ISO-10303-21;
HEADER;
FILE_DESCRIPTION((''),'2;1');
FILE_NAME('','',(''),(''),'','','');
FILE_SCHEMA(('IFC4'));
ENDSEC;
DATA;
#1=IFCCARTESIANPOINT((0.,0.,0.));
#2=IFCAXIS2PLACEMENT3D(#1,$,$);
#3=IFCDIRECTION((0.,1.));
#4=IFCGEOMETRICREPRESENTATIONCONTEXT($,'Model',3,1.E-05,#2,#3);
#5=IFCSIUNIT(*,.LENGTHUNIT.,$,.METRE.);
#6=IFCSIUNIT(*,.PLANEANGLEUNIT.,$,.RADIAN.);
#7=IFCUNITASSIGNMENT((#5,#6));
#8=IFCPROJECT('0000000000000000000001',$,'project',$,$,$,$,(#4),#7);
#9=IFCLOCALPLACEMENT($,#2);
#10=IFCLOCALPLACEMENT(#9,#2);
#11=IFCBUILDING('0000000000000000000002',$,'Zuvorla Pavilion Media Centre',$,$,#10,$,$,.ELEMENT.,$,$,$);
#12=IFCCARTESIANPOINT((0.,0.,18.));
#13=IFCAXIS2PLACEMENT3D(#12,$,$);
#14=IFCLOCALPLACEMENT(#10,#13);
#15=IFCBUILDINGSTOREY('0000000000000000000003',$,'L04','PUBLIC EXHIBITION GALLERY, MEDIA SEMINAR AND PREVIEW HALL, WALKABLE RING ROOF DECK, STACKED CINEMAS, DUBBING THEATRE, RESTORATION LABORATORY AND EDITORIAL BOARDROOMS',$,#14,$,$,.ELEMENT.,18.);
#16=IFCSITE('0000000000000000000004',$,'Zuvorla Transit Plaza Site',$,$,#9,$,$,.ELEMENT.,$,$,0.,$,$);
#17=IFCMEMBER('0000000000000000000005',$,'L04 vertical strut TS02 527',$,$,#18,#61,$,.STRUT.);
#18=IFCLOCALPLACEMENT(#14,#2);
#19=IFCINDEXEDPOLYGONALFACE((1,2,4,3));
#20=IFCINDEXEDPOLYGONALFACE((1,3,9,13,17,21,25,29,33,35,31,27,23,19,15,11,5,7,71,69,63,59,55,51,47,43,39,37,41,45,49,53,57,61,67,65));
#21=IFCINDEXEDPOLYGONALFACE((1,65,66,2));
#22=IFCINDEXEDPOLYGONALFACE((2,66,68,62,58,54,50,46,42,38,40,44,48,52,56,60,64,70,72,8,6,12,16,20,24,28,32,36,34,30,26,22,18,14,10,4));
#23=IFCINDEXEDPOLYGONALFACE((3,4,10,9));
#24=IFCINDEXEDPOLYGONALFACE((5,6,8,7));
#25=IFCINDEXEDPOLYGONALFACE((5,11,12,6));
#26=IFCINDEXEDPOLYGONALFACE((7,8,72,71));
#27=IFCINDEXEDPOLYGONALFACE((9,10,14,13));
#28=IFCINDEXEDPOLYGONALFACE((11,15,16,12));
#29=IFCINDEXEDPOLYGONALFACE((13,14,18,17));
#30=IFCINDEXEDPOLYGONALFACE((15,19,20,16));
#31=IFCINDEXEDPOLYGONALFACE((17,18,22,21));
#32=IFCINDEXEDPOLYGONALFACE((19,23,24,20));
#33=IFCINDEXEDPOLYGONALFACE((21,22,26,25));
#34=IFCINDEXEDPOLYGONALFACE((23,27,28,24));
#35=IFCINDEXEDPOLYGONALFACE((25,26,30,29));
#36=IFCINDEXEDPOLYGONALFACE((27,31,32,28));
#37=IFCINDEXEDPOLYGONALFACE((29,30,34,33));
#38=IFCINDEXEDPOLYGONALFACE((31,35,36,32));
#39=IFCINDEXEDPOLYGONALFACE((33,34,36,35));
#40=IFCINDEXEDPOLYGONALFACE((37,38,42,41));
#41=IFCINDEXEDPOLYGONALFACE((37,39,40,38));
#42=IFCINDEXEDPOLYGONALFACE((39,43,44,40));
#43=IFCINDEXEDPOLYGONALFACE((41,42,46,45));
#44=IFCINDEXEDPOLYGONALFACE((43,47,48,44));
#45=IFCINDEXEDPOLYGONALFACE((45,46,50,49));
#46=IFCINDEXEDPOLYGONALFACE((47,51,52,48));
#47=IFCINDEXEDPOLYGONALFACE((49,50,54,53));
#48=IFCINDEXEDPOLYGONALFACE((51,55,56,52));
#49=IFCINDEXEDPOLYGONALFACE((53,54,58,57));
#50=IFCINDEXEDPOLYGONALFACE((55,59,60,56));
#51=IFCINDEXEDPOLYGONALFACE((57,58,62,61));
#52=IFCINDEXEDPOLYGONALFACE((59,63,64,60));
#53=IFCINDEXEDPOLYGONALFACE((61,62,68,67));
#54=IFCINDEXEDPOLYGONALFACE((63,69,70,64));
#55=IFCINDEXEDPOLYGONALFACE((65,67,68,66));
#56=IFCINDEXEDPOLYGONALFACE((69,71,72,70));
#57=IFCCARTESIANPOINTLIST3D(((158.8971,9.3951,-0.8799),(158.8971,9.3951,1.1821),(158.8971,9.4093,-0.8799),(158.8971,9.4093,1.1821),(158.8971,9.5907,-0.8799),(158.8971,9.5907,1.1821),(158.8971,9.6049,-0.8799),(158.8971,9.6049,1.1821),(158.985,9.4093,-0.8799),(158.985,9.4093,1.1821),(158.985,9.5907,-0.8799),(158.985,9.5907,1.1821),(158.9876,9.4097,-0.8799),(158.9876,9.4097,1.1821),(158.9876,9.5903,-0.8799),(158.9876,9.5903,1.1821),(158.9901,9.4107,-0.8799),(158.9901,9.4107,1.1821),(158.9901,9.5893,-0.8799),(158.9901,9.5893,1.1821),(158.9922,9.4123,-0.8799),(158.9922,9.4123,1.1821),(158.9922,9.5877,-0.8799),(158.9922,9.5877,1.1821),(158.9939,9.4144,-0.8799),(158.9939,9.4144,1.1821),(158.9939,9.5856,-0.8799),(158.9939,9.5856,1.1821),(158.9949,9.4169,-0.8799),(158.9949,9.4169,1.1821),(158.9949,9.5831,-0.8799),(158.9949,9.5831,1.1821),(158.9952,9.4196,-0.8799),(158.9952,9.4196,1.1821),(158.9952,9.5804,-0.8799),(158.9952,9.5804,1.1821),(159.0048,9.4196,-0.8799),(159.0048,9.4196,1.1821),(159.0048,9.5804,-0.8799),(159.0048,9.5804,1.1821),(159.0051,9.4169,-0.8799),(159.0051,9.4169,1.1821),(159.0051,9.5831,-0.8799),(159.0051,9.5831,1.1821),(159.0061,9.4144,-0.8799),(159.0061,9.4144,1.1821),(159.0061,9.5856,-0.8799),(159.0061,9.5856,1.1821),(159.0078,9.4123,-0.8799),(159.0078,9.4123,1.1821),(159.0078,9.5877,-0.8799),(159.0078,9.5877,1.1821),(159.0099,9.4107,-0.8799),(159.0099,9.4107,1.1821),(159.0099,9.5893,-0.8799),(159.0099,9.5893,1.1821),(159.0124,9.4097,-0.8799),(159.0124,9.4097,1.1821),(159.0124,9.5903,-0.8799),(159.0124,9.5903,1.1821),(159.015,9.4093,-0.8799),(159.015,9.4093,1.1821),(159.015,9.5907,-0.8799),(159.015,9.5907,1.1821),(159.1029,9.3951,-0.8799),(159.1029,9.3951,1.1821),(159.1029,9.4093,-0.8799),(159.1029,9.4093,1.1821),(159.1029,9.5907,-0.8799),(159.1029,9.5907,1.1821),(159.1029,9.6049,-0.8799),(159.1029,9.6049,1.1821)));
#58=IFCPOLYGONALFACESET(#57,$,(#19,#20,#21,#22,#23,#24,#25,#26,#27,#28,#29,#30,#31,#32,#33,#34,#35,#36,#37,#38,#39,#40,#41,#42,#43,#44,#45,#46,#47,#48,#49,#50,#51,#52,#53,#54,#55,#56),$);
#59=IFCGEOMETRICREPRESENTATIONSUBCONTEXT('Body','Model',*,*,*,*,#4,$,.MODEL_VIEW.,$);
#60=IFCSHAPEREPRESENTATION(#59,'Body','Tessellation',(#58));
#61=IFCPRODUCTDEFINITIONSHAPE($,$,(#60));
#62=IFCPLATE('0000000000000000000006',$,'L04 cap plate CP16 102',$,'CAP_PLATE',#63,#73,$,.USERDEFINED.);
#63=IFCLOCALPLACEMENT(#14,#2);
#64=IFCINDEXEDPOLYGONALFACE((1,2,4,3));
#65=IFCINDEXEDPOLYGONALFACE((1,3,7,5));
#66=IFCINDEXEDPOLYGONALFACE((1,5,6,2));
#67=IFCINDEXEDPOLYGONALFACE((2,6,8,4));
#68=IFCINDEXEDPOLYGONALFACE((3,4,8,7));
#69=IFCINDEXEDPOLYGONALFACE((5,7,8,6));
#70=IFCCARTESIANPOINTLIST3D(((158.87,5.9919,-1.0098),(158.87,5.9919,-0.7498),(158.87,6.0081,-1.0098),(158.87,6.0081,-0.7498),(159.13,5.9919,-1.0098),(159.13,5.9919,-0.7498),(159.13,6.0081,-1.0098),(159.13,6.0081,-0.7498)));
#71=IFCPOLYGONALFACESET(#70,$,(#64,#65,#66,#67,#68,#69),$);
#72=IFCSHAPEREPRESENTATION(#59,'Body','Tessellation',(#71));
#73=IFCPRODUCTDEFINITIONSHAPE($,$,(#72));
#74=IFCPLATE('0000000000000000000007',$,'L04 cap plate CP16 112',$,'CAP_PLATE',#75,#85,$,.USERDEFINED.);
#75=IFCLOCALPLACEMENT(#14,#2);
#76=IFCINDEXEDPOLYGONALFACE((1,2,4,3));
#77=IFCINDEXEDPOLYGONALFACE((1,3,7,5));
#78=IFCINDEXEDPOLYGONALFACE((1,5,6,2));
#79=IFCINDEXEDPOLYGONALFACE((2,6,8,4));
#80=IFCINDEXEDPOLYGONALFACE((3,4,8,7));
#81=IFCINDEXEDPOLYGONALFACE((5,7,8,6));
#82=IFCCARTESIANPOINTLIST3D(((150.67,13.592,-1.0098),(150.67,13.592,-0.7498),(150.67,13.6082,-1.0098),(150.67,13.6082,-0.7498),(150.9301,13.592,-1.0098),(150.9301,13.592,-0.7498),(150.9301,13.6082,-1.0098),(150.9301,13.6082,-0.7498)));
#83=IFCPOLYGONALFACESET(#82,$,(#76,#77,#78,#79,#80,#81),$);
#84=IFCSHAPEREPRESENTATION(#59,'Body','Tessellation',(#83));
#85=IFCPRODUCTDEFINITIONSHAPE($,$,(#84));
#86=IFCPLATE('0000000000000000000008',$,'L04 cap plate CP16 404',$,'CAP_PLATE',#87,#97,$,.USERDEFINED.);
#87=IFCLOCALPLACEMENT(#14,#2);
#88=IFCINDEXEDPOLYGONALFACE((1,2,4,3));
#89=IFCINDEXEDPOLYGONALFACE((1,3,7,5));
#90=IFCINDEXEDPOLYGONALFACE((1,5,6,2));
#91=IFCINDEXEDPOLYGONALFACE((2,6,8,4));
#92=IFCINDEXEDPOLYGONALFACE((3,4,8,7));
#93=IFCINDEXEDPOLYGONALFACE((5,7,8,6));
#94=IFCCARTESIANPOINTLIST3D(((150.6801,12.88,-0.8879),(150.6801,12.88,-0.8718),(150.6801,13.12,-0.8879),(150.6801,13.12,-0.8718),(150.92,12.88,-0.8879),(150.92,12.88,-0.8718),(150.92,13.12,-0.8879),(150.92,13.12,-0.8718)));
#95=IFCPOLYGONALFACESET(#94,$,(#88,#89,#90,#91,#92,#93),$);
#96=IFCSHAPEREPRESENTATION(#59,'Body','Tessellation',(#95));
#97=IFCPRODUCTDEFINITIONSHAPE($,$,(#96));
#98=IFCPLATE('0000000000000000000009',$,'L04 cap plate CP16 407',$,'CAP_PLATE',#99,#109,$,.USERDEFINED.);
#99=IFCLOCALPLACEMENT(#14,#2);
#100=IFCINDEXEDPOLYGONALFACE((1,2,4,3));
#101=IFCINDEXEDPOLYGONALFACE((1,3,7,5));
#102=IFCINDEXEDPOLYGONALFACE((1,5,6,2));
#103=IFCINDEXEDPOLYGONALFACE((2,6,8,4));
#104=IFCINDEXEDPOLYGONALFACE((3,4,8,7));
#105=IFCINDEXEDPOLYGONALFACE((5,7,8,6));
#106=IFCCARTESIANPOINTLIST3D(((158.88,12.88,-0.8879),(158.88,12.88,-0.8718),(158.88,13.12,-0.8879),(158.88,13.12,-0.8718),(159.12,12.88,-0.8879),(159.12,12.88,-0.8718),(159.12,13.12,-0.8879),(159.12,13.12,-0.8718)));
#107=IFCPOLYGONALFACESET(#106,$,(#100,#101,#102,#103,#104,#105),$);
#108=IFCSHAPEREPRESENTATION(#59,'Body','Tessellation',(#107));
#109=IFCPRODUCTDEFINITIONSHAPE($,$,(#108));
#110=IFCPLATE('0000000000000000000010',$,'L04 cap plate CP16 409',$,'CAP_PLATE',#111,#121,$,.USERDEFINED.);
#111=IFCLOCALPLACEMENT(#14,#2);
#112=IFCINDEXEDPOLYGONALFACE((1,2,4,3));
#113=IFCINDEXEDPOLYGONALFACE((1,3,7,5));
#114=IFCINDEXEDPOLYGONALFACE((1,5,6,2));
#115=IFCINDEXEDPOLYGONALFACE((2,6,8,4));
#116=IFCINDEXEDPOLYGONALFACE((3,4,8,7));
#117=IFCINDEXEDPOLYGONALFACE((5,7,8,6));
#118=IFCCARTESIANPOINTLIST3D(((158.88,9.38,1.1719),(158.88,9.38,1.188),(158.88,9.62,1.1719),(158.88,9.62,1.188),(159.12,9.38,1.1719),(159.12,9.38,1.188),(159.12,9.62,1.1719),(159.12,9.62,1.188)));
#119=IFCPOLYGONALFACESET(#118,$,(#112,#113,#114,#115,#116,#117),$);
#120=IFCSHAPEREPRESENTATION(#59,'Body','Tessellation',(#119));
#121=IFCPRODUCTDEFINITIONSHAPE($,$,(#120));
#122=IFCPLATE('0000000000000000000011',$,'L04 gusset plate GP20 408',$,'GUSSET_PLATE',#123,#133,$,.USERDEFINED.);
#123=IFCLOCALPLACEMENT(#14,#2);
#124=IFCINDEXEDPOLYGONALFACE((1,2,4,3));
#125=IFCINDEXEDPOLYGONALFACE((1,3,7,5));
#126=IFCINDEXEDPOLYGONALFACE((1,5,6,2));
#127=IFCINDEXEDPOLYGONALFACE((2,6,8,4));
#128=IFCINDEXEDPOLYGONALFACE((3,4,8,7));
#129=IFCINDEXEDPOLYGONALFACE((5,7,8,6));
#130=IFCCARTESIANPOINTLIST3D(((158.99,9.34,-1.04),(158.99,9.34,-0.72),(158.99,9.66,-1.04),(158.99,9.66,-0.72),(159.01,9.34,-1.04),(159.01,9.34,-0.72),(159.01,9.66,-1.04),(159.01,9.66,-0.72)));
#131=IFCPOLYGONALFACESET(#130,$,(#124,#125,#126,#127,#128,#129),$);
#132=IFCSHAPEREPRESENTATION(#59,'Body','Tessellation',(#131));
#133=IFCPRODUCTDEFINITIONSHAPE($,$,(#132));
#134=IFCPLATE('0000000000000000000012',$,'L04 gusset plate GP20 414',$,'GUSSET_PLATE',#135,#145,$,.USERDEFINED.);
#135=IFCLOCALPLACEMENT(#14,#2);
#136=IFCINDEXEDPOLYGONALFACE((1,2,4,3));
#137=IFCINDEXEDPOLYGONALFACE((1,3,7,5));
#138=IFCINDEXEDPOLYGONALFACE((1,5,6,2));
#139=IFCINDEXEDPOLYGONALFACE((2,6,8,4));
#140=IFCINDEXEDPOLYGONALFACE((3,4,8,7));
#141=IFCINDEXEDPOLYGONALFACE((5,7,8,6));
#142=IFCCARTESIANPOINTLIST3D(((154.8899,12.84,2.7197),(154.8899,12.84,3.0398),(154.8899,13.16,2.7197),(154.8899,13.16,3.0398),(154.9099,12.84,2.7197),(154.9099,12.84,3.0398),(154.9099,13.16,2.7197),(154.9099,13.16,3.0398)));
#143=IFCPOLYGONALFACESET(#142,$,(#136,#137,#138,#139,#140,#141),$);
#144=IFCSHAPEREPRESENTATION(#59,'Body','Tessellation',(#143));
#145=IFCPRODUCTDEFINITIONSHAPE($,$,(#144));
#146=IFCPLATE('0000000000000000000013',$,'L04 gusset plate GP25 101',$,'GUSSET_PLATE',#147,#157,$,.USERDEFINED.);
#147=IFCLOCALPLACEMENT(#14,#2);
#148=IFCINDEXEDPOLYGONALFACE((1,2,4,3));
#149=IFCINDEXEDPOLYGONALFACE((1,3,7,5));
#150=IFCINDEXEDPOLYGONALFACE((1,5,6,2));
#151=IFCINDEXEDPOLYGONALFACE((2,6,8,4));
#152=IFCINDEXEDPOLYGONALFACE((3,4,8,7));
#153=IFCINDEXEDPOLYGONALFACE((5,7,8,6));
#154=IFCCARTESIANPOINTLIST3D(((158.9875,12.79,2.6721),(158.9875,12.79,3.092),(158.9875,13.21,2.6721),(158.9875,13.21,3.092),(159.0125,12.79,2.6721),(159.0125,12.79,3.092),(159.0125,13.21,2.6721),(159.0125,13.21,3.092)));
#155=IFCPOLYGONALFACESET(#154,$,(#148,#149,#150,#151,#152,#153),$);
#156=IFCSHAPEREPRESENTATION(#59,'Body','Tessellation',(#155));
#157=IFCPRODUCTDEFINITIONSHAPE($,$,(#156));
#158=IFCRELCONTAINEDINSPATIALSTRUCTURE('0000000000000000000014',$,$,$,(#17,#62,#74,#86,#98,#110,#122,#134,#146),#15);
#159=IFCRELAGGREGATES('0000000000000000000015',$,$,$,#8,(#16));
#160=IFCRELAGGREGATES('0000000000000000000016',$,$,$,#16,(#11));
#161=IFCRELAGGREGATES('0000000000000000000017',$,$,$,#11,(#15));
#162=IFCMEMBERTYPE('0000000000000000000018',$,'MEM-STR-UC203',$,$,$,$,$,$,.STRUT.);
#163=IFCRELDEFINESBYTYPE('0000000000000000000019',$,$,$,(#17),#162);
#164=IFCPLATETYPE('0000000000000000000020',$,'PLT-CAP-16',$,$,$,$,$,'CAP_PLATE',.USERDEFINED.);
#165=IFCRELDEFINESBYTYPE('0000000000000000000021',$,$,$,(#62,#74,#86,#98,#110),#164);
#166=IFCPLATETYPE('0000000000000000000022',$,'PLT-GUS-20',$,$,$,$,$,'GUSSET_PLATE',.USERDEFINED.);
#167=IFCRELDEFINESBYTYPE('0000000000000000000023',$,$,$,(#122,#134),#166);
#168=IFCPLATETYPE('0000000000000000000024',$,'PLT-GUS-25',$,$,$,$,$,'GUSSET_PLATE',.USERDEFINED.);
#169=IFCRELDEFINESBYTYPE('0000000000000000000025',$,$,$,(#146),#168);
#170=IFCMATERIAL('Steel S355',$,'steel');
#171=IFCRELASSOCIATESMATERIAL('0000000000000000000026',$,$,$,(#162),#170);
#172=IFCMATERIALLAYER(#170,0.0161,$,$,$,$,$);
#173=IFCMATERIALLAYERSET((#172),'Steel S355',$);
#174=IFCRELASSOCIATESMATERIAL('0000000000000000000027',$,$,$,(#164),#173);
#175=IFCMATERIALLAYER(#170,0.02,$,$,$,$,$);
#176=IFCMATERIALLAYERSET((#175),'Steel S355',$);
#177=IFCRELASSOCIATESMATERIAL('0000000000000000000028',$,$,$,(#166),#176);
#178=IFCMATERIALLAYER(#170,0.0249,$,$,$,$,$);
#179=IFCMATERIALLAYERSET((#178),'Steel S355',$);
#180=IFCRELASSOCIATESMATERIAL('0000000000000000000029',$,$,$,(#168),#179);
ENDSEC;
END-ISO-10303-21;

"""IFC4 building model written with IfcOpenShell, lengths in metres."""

from ifc_helpers import new_model, si_unit, direction, frame, origin, origin_2d, place, context, subcontext, project, spatial, rectangle, i_section, extrude, material, layer, layer_set, material_profile, profile_set, type_object, element, save


model = new_model("IFC4")

# Units and contexts
model_context = context("Model", 3, precision=1e-05, world=origin(), true_north=direction((0.0, 1.0)))
body_context = subcontext(model_context, "Body", "Model", "MODEL_VIEW")
ifc_project = project(units=[si_unit("LENGTHUNIT", "METRE"), si_unit("PLANEANGLEUNIT", "RADIAN")], contexts=[model_context])

# Site, building, storey
site_placement = place(None, origin())
site = spatial("IfcSite", under=ifc_project, at=site_placement, Name="Zuvorla Transit Plaza Site", CompositionType="ELEMENT", RefElevation=0.0)
building_placement = place(site_placement, origin())
building = spatial("IfcBuilding", under=site, at=building_placement, Name="Zuvorla Pavilion Media Centre", CompositionType="ELEMENT")
storey_placement = place(building_placement, frame((0.0, 0.0, 18.0)))
storey = spatial("IfcBuildingStorey", under=building, at=storey_placement, Name="L04", Description="PUBLIC EXHIBITION GALLERY, MEDIA SEMINAR AND PREVIEW HALL, WALKABLE RING ROOF DECK, STACKED CINEMAS, DUBBING THEATRE, RESTORATION LABORATORY AND EDITORIAL BOARDROOMS", CompositionType="ELEMENT", Elevation=18.0)

# Shared definitions
ifc_material_1 = material(Name="Steel S355", Category="steel")

# Member
ifc_material_profile_1 = material_profile(ifc_material_1, i_section(OverallWidth=0.2058, OverallDepth=0.2097, WebThickness=0.0095, FlangeThickness=0.0142, FilletRadius=0.0103, at=origin_2d()), Name="UC 203x203x60")
ifc_profile_set_1 = profile_set([ifc_material_profile_1], Name="Steel S355")
member_type_1 = type_object("IfcMemberType", Name="MEM-STR-UC203", PredefinedType="STRUT", material=ifc_profile_set_1)
member_1_placement = place(storey_placement, frame((159.0, 9.5, -0.8799), z_axis=(0.0, 0.0, 1.0), x_axis=(1.0, 0.0, 0.0)))
element("IfcMember", 1, at=member_1_placement, inside=storey, type_object=member_type_1, Name="L04 vertical strut TS02 527", PredefinedType="STRUT", context=body_context, shape_type="SweptSolid", body=[
    extrude(i_section(OverallWidth=0.2058, OverallDepth=0.2097, WebThickness=0.0095, FlangeThickness=0.0142, FilletRadius=0.0103, at=origin_2d()), origin(), (0.0, 0.0, 1.0), 2.062),
])

# Plates
ifc_layer_1 = layer(ifc_material_1, 0.0161)
ifc_layer_set_1 = layer_set([ifc_layer_1], Name="Steel S355")
plate_type_1 = type_object("IfcPlateType", Name="PLT-CAP-16", ElementType="CAP_PLATE", PredefinedType="USERDEFINED", material=ifc_layer_set_1)
for number, where, z_axis, x_axis, name in (
    (2, (159.0, 6.0, -1.0098), (0.0, 0.0, 1.0), (1.0, 0.0, 0.0), "L04 cap plate CP16 102"),
    (3, (150.8, 13.6001, -1.0098), (0.0, 0.0, 1.0), (1.0, 0.0, 0.0), "L04 cap plate CP16 112"),
):
    element("IfcPlate", number, at=place(storey_placement, frame(where, z_axis=z_axis, x_axis=x_axis)), inside=storey, type_object=plate_type_1, Name=name, ObjectType="CAP_PLATE", PredefinedType="USERDEFINED", context=body_context, shape_type="SweptSolid", body=[
        extrude(rectangle(XDim=0.26, YDim=0.0161, at=origin_2d()), origin(), (0.0, 0.0, 1.0), 0.26),
    ])
for number, where, z_axis, x_axis, name in (
    (4, (150.8, 13.0, -0.8879), (0.0, 0.0, 1.0), (1.0, 0.0, 0.0), "L04 cap plate CP16 404"),
    (5, (159.0, 13.0, -0.8879), (0.0, 0.0, 1.0), (1.0, 0.0, 0.0), "L04 cap plate CP16 407"),
    (6, (159.0, 9.5, 1.1719), (0.0, 0.0, 1.0), (1.0, 0.0, 0.0), "L04 cap plate CP16 409"),
):
    element("IfcPlate", number, at=place(storey_placement, frame(where, z_axis=z_axis, x_axis=x_axis)), inside=storey, type_object=plate_type_1, Name=name, ObjectType="CAP_PLATE", PredefinedType="USERDEFINED", context=body_context, shape_type="SweptSolid", body=[
        extrude(rectangle(XDim=0.24, YDim=0.24, at=origin_2d()), origin(), (0.0, 0.0, 1.0), 0.0161),
    ])
ifc_layer_2 = layer(ifc_material_1, 0.02)
ifc_layer_set_2 = layer_set([ifc_layer_2], Name="Steel S355")
plate_type_2 = type_object("IfcPlateType", Name="PLT-GUS-20", ElementType="GUSSET_PLATE", PredefinedType="USERDEFINED", material=ifc_layer_set_2)
for number, where, z_axis, x_axis, name in (
    (7, (159.0, 9.5, -1.04), (0.0, 0.0, 1.0), (1.0, 0.0, 0.0), "L04 gusset plate GP20 408"),
    (8, (154.8999, 13.0, 2.7197), (0.0, 0.0, 1.0), (1.0, 0.0, 0.0), "L04 gusset plate GP20 414"),
):
    element("IfcPlate", number, at=place(storey_placement, frame(where, z_axis=z_axis, x_axis=x_axis)), inside=storey, type_object=plate_type_2, Name=name, ObjectType="GUSSET_PLATE", PredefinedType="USERDEFINED", context=body_context, shape_type="SweptSolid", body=[
        extrude(rectangle(XDim=0.02, YDim=0.3201, at=origin_2d()), origin(), (0.0, 0.0, 1.0), 0.3201),
    ])
ifc_layer_3 = layer(ifc_material_1, 0.0249)
ifc_layer_set_3 = layer_set([ifc_layer_3], Name="Steel S355")
plate_type_3 = type_object("IfcPlateType", Name="PLT-GUS-25", ElementType="GUSSET_PLATE", PredefinedType="USERDEFINED", material=ifc_layer_set_3)
plate_placement = place(storey_placement, frame((159.0, 13.0, 2.6721), z_axis=(0.0, 0.0, 1.0), x_axis=(1.0, 0.0, 0.0)))
element("IfcPlate", 9, at=plate_placement, inside=storey, type_object=plate_type_3, Name="L04 gusset plate GP25 101", ObjectType="GUSSET_PLATE", PredefinedType="USERDEFINED", context=body_context, shape_type="SweptSolid", body=[
    extrude(rectangle(XDim=0.0249, YDim=0.4199, at=origin_2d()), origin(), (0.0, 0.0, 1.0), 0.4199),
])

save(model, "model.ifc")
